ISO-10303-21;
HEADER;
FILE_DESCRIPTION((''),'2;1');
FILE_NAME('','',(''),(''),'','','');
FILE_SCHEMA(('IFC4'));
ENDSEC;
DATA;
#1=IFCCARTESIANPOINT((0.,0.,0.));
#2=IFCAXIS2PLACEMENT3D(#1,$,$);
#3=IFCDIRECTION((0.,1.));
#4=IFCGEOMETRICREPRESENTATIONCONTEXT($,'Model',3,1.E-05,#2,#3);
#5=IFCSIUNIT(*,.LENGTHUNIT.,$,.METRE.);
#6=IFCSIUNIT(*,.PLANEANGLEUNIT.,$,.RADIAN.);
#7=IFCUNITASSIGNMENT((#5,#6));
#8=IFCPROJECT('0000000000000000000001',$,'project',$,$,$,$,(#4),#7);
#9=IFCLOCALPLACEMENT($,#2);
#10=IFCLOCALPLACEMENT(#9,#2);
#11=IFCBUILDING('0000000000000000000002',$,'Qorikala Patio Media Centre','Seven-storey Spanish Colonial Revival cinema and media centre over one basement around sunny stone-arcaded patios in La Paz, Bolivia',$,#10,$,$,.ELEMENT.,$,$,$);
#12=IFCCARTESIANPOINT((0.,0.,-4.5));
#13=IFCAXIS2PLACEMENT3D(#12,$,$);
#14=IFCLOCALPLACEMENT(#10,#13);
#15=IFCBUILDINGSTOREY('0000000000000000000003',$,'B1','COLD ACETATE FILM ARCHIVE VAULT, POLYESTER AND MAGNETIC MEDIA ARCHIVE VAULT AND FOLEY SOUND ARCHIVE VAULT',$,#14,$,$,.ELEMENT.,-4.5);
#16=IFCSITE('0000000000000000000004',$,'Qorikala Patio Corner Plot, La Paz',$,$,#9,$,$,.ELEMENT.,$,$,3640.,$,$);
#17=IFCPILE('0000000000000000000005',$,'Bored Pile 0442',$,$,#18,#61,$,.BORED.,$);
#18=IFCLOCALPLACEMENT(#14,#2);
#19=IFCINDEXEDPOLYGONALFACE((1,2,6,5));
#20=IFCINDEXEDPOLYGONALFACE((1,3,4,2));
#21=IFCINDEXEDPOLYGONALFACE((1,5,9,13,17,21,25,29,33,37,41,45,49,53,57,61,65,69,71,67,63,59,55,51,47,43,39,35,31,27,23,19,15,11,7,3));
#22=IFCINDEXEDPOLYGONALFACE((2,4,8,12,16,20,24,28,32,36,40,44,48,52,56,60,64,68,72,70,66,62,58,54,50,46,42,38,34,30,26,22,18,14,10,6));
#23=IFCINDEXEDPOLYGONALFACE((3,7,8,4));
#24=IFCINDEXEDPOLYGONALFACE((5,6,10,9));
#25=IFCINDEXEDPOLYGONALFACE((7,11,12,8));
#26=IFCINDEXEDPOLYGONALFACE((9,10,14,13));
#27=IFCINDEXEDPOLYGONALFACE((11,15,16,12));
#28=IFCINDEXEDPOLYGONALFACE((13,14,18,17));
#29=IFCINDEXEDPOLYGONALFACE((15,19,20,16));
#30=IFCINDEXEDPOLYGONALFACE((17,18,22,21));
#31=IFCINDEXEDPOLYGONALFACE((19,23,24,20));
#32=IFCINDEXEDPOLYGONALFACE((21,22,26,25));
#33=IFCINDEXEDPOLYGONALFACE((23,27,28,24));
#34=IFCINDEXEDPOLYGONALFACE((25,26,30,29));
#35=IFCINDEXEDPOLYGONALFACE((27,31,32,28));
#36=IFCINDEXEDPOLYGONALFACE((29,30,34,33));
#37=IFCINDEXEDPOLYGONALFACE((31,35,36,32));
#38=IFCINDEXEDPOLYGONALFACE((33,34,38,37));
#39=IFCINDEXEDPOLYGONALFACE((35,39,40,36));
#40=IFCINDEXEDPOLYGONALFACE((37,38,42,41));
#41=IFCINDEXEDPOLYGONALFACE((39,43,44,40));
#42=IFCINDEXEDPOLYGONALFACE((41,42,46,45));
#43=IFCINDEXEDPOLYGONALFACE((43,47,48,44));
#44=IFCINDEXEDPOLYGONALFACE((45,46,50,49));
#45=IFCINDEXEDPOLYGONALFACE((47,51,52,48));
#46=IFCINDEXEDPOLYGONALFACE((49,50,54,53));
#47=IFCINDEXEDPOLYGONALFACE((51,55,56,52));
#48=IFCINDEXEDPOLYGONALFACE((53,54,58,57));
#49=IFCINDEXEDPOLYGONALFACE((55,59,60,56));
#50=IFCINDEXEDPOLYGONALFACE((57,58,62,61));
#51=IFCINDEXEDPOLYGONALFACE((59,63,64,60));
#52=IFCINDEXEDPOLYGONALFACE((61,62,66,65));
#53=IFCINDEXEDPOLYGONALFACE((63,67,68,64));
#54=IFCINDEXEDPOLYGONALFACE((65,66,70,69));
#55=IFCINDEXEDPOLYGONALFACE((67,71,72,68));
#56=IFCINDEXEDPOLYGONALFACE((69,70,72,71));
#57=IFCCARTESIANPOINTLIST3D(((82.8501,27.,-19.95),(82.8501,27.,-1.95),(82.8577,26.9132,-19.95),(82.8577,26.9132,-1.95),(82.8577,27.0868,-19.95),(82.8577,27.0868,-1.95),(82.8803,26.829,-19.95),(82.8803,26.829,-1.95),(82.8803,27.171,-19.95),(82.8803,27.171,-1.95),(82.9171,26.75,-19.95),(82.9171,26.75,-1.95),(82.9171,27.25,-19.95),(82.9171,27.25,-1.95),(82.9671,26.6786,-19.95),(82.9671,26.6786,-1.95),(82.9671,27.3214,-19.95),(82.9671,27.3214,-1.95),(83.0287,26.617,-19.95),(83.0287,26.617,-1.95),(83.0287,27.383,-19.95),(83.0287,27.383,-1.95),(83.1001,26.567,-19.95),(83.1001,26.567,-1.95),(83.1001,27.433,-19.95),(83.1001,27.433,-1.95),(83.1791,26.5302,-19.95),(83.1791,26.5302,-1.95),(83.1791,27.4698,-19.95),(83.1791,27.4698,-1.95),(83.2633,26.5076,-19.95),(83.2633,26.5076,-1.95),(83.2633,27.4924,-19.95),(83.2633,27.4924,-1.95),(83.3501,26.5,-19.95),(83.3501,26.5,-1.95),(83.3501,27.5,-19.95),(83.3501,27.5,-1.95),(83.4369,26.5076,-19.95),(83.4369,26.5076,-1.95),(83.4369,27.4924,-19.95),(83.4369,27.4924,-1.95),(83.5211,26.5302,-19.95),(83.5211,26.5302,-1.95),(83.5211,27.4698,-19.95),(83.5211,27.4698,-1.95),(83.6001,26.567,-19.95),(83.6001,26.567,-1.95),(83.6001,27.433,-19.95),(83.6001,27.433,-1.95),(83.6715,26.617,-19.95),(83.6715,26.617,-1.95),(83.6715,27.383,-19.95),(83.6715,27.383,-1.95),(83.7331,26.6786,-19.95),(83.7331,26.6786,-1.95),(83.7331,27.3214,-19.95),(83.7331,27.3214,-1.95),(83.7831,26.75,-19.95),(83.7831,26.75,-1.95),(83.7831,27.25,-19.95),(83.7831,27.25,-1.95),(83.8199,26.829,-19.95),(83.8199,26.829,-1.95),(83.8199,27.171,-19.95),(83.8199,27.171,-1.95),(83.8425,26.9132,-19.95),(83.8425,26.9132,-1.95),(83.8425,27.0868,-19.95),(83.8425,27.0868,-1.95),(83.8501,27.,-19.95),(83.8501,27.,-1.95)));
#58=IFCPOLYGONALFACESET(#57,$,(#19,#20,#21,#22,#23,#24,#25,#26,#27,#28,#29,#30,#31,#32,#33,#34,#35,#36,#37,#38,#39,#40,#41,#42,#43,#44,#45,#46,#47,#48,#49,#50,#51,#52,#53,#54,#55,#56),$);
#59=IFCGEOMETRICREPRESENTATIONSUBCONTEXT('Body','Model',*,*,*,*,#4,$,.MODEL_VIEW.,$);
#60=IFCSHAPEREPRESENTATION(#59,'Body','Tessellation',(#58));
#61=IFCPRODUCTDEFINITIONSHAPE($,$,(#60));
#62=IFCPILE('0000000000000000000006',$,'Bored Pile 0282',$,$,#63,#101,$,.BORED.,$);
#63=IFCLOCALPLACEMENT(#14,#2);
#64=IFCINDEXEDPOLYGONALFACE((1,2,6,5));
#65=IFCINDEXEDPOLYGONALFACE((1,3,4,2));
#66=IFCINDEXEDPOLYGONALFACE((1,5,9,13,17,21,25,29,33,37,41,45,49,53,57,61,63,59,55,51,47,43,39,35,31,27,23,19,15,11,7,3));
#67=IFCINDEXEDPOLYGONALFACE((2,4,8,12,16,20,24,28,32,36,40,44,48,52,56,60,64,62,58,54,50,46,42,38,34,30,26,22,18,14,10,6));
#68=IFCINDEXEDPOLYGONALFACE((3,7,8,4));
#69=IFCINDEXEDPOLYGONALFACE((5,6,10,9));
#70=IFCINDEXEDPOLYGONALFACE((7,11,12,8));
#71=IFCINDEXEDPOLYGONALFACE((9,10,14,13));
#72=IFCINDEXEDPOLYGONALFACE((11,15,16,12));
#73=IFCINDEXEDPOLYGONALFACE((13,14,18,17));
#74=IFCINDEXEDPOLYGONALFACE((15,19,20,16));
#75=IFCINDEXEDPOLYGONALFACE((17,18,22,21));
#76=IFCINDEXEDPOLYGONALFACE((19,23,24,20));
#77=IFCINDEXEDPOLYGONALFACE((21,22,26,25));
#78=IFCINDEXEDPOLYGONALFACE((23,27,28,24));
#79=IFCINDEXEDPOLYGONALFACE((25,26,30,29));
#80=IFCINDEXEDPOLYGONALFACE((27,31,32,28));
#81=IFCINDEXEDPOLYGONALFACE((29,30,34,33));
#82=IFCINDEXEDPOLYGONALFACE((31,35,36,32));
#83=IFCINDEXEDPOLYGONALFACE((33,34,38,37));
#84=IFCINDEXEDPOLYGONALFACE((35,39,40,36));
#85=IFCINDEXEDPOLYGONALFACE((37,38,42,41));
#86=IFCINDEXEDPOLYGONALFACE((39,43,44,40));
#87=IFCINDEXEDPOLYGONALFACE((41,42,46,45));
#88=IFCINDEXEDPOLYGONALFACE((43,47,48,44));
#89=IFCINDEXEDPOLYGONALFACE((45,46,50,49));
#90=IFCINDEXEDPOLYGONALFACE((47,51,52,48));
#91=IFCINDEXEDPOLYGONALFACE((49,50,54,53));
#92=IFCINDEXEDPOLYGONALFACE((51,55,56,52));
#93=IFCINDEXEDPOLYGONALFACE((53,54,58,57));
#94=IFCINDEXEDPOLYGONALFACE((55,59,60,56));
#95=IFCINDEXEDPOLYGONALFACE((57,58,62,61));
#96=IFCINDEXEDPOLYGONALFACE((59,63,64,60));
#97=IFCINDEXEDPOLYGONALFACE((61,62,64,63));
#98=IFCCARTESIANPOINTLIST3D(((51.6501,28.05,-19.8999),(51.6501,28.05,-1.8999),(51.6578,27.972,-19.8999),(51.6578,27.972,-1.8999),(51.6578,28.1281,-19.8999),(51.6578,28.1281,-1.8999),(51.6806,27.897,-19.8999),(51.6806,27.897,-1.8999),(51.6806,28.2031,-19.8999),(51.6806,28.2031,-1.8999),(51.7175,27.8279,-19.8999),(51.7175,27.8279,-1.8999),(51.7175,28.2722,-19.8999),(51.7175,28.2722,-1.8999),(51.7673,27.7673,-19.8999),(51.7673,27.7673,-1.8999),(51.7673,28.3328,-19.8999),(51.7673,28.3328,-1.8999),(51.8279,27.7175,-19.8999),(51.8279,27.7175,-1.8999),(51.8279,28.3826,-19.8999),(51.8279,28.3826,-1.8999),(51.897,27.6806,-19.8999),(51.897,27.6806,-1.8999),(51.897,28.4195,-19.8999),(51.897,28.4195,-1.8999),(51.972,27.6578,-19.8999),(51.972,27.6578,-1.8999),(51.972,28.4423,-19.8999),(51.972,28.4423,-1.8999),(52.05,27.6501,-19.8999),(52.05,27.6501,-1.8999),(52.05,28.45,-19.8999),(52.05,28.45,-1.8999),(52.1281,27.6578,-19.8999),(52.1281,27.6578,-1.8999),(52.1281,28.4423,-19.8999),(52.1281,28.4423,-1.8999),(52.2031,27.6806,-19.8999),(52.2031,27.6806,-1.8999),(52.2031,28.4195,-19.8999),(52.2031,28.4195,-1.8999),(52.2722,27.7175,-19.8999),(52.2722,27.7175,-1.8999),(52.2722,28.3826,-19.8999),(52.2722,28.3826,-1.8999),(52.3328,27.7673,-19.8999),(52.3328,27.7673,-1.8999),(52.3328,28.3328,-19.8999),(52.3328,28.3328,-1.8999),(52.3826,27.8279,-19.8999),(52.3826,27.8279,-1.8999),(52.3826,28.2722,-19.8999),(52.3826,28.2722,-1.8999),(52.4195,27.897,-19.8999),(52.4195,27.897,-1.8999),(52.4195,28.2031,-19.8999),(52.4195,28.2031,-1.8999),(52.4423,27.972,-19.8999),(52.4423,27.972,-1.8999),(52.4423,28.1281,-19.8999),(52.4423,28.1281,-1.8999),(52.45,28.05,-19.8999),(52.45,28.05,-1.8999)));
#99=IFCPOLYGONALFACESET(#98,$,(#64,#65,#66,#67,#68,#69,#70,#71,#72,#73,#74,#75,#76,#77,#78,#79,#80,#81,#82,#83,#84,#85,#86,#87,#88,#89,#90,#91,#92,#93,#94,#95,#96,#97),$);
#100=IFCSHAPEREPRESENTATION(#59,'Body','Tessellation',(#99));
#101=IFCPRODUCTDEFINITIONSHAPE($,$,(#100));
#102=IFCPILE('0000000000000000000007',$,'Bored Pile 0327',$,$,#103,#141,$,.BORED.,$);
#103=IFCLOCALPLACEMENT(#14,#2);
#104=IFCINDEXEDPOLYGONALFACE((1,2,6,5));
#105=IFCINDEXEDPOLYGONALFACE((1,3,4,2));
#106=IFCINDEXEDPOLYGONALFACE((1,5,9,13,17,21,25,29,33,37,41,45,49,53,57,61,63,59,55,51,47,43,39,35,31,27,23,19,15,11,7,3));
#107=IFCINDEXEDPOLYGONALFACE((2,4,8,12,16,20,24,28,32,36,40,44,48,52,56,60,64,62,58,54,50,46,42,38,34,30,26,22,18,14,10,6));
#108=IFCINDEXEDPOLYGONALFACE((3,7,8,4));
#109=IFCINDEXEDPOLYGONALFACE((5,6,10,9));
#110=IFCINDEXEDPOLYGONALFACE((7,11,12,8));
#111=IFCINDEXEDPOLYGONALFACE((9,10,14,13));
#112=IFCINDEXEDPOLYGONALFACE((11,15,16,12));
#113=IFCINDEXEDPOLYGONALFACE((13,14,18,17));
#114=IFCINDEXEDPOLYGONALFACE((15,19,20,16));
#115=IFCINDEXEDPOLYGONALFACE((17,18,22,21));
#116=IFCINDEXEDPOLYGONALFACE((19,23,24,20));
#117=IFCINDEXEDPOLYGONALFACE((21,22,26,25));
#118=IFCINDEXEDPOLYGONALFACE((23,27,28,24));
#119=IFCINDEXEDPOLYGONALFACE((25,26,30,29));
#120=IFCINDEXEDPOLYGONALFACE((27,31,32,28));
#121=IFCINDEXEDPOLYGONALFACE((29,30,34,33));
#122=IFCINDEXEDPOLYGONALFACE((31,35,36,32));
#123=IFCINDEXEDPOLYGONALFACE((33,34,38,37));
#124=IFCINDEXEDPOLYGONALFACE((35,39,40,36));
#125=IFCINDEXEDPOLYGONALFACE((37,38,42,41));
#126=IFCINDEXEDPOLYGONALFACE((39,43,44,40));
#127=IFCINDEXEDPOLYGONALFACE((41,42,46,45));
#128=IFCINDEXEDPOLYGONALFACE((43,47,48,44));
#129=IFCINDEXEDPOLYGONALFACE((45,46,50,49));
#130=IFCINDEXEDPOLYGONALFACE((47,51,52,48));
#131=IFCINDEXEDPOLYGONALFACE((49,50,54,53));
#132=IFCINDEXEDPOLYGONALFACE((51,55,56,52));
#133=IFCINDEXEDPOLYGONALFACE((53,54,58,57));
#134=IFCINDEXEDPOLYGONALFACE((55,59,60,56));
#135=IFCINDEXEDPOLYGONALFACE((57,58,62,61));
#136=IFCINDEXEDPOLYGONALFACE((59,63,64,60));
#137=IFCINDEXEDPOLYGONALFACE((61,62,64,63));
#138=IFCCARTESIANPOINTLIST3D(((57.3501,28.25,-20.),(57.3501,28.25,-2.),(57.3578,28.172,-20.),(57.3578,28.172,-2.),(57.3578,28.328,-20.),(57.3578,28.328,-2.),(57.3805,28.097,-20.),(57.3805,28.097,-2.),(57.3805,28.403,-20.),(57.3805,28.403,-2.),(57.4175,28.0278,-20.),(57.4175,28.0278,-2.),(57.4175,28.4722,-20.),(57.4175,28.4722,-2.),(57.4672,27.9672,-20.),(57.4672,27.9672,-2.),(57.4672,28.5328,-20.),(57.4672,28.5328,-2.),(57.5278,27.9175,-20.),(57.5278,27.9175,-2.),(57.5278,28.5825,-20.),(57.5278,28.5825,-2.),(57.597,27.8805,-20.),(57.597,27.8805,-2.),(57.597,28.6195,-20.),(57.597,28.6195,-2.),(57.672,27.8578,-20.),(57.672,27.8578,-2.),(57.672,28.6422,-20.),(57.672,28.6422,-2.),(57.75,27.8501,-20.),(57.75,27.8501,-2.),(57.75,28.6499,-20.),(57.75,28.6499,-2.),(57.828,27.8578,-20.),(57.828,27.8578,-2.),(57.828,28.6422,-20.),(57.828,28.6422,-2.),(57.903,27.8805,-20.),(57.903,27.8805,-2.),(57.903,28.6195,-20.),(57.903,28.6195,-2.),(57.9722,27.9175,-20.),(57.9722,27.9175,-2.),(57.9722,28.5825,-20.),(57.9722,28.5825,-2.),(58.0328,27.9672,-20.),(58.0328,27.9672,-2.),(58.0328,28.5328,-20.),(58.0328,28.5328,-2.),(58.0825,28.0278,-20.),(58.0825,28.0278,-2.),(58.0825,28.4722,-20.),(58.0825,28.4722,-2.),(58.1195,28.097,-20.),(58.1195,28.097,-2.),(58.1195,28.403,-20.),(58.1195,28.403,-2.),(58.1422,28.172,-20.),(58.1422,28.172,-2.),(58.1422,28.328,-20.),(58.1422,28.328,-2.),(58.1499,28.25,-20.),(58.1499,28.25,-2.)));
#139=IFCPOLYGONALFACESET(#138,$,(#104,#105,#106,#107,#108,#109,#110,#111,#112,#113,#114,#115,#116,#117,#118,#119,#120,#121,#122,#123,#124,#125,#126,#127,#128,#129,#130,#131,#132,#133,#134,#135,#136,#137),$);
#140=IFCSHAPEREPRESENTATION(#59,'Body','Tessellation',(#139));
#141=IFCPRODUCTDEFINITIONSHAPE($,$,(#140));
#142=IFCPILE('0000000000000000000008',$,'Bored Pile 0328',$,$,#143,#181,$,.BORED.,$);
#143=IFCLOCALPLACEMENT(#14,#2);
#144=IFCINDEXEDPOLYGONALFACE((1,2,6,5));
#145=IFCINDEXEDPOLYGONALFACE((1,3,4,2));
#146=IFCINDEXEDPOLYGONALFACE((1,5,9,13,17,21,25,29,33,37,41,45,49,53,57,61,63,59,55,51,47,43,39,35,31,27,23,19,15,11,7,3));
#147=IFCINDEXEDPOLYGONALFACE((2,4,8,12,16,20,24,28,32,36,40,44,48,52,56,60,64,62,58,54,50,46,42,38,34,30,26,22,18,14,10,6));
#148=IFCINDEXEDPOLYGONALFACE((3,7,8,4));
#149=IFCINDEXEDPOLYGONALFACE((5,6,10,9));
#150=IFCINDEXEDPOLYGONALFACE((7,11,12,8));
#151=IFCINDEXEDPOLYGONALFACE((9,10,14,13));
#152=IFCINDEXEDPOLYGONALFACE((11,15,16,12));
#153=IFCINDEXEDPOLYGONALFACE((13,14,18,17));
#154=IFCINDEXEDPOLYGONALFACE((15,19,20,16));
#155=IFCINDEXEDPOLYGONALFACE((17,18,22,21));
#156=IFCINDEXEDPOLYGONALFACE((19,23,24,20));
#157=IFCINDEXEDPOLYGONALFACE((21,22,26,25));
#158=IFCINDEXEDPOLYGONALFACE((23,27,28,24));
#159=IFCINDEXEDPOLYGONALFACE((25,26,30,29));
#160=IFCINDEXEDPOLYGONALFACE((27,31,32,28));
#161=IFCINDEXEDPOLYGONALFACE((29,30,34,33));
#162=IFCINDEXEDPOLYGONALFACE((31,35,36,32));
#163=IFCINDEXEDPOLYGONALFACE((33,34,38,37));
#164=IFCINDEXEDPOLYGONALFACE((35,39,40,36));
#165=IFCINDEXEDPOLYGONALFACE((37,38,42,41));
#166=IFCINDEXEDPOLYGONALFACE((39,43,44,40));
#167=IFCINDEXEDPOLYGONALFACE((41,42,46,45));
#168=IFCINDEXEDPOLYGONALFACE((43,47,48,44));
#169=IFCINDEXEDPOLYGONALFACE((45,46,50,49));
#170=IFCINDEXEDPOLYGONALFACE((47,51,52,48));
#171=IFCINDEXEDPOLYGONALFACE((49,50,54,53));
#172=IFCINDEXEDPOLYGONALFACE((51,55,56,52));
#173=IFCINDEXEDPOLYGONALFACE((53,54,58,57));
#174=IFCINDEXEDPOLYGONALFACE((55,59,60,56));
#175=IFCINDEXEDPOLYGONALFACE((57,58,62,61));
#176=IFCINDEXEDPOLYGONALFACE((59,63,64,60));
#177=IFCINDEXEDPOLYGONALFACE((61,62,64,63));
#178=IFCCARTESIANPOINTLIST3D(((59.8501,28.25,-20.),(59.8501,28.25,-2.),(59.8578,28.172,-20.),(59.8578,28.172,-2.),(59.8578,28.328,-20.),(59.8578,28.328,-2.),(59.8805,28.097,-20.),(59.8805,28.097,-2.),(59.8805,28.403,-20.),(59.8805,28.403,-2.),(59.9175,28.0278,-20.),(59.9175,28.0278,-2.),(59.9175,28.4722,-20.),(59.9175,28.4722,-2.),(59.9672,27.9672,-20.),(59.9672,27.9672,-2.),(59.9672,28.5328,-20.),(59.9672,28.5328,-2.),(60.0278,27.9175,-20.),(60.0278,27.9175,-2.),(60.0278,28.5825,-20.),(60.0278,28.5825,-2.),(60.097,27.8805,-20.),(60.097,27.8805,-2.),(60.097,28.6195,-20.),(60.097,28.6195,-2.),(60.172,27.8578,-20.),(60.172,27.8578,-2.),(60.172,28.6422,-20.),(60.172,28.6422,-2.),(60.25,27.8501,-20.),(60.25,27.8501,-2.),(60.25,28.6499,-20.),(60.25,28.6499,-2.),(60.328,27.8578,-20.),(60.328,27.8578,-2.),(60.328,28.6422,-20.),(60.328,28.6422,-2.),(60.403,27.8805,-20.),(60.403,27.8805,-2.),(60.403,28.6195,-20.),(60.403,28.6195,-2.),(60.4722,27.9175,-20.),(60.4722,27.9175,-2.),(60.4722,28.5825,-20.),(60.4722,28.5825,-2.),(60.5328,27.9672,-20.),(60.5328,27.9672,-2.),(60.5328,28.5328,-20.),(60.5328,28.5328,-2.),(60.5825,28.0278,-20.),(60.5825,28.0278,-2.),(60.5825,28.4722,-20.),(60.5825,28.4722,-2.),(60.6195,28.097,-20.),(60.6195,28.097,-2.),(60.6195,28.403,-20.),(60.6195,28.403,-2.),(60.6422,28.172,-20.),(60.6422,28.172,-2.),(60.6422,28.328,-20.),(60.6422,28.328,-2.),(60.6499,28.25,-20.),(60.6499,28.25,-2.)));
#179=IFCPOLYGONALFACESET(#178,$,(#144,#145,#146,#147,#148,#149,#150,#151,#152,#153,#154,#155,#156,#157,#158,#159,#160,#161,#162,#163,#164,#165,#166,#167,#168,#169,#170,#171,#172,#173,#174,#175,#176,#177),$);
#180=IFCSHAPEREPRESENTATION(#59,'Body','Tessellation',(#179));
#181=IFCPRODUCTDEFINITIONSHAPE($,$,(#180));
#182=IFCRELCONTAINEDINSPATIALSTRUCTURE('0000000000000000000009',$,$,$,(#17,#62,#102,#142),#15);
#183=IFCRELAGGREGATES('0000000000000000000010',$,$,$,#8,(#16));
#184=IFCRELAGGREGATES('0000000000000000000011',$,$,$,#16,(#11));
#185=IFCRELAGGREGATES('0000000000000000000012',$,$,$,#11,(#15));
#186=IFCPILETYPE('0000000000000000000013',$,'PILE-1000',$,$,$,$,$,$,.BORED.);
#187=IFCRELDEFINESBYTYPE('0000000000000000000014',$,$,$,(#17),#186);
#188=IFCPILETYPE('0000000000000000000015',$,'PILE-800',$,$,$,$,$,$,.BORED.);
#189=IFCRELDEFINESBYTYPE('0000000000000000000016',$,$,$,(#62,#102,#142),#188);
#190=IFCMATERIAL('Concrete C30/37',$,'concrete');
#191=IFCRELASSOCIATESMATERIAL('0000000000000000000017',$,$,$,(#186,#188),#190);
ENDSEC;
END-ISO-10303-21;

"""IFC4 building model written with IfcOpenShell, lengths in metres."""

from ifc_helpers import new_model, si_unit, direction, frame, origin, origin_2d, place, context, subcontext, project, spatial, circle, extrude, material, material_profile, profile_set, type_object, element, save


model = new_model("IFC4")

# Units and contexts
model_context = context("Model", 3, precision=1e-05, world=origin(), true_north=direction((0.0, 1.0)))
body_context = subcontext(model_context, "Body", "Model", "MODEL_VIEW")
ifc_project = project(units=[si_unit("LENGTHUNIT", "METRE"), si_unit("PLANEANGLEUNIT", "RADIAN")], contexts=[model_context])

# Site, building, storey
site_placement = place(None, origin())
site = spatial("IfcSite", under=ifc_project, at=site_placement, Name="Qorikala Patio Corner Plot, La Paz", CompositionType="ELEMENT", RefElevation=3640.0)
building_placement = place(site_placement, origin())
building = spatial("IfcBuilding", under=site, at=building_placement, Name="Qorikala Patio Media Centre", Description="Seven-storey Spanish Colonial Revival cinema and media centre over one basement around sunny stone-arcaded patios in La Paz, Bolivia", CompositionType="ELEMENT")
storey_placement = place(building_placement, frame((0.0, 0.0, -4.5)))
storey = spatial("IfcBuildingStorey", under=building, at=storey_placement, Name="B1", Description="COLD ACETATE FILM ARCHIVE VAULT, POLYESTER AND MAGNETIC MEDIA ARCHIVE VAULT AND FOLEY SOUND ARCHIVE VAULT", CompositionType="ELEMENT", Elevation=-4.5)

# Shared definitions
ifc_material_1 = material(Name="Concrete C30/37", Category="concrete")

# Piles
ifc_material_profile_1 = material_profile(ifc_material_1, circle(Radius=0.5, at=origin_2d()), Name="BORED PILE 1000")
ifc_profile_set_1 = profile_set([ifc_material_profile_1], Name="Concrete C30/37")
pile_type_1 = type_object("IfcPileType", Name="PILE-1000", PredefinedType="BORED", material=ifc_profile_set_1)
for number, where, z_axis, x_axis, name in (
    (1, (83.3501, 27.0, -1.95), (0.0, 0.0, -1.0), (1.0, 0.0, 0.0), "Bored Pile 0442"),
):
    element("IfcPile", number, at=place(storey_placement, frame(where, z_axis=z_axis, x_axis=x_axis)), inside=storey, type_object=pile_type_1, Name=name, PredefinedType="BORED", context=body_context, shape_type="SweptSolid", body=[
        extrude(circle(Radius=0.5, at=origin_2d()), origin(), (0.0, 0.0, 1.0), 18.0),
    ])
ifc_material_profile_2 = material_profile(ifc_material_1, circle(Radius=0.3999, at=origin_2d()), Name="BORED PILE 800")
ifc_profile_set_2 = profile_set([ifc_material_profile_2], Name="Concrete C30/37")
pile_type_2 = type_object("IfcPileType", Name="PILE-800", PredefinedType="BORED", material=ifc_profile_set_2)
for number, where, z_axis, x_axis, name in (
    (2, (52.05, 28.05, -1.8999), (0.0, 0.0, -1.0), (1.0, 0.0, 0.0), "Bored Pile 0282"),
    (3, (57.75, 28.25, -2.0), (0.0, 0.0, -1.0), (1.0, 0.0, 0.0), "Bored Pile 0327"),
    (4, (60.25, 28.25, -2.0), (0.0, 0.0, -1.0), (1.0, 0.0, 0.0), "Bored Pile 0328"),
):
    element("IfcPile", number, at=place(storey_placement, frame(where, z_axis=z_axis, x_axis=x_axis)), inside=storey, type_object=pile_type_2, Name=name, PredefinedType="BORED", context=body_context, shape_type="SweptSolid", body=[
        extrude(circle(Radius=0.3999, at=origin_2d()), origin(), (0.0, 0.0, 1.0), 18.0),
    ])

save(model, "model.ifc")
